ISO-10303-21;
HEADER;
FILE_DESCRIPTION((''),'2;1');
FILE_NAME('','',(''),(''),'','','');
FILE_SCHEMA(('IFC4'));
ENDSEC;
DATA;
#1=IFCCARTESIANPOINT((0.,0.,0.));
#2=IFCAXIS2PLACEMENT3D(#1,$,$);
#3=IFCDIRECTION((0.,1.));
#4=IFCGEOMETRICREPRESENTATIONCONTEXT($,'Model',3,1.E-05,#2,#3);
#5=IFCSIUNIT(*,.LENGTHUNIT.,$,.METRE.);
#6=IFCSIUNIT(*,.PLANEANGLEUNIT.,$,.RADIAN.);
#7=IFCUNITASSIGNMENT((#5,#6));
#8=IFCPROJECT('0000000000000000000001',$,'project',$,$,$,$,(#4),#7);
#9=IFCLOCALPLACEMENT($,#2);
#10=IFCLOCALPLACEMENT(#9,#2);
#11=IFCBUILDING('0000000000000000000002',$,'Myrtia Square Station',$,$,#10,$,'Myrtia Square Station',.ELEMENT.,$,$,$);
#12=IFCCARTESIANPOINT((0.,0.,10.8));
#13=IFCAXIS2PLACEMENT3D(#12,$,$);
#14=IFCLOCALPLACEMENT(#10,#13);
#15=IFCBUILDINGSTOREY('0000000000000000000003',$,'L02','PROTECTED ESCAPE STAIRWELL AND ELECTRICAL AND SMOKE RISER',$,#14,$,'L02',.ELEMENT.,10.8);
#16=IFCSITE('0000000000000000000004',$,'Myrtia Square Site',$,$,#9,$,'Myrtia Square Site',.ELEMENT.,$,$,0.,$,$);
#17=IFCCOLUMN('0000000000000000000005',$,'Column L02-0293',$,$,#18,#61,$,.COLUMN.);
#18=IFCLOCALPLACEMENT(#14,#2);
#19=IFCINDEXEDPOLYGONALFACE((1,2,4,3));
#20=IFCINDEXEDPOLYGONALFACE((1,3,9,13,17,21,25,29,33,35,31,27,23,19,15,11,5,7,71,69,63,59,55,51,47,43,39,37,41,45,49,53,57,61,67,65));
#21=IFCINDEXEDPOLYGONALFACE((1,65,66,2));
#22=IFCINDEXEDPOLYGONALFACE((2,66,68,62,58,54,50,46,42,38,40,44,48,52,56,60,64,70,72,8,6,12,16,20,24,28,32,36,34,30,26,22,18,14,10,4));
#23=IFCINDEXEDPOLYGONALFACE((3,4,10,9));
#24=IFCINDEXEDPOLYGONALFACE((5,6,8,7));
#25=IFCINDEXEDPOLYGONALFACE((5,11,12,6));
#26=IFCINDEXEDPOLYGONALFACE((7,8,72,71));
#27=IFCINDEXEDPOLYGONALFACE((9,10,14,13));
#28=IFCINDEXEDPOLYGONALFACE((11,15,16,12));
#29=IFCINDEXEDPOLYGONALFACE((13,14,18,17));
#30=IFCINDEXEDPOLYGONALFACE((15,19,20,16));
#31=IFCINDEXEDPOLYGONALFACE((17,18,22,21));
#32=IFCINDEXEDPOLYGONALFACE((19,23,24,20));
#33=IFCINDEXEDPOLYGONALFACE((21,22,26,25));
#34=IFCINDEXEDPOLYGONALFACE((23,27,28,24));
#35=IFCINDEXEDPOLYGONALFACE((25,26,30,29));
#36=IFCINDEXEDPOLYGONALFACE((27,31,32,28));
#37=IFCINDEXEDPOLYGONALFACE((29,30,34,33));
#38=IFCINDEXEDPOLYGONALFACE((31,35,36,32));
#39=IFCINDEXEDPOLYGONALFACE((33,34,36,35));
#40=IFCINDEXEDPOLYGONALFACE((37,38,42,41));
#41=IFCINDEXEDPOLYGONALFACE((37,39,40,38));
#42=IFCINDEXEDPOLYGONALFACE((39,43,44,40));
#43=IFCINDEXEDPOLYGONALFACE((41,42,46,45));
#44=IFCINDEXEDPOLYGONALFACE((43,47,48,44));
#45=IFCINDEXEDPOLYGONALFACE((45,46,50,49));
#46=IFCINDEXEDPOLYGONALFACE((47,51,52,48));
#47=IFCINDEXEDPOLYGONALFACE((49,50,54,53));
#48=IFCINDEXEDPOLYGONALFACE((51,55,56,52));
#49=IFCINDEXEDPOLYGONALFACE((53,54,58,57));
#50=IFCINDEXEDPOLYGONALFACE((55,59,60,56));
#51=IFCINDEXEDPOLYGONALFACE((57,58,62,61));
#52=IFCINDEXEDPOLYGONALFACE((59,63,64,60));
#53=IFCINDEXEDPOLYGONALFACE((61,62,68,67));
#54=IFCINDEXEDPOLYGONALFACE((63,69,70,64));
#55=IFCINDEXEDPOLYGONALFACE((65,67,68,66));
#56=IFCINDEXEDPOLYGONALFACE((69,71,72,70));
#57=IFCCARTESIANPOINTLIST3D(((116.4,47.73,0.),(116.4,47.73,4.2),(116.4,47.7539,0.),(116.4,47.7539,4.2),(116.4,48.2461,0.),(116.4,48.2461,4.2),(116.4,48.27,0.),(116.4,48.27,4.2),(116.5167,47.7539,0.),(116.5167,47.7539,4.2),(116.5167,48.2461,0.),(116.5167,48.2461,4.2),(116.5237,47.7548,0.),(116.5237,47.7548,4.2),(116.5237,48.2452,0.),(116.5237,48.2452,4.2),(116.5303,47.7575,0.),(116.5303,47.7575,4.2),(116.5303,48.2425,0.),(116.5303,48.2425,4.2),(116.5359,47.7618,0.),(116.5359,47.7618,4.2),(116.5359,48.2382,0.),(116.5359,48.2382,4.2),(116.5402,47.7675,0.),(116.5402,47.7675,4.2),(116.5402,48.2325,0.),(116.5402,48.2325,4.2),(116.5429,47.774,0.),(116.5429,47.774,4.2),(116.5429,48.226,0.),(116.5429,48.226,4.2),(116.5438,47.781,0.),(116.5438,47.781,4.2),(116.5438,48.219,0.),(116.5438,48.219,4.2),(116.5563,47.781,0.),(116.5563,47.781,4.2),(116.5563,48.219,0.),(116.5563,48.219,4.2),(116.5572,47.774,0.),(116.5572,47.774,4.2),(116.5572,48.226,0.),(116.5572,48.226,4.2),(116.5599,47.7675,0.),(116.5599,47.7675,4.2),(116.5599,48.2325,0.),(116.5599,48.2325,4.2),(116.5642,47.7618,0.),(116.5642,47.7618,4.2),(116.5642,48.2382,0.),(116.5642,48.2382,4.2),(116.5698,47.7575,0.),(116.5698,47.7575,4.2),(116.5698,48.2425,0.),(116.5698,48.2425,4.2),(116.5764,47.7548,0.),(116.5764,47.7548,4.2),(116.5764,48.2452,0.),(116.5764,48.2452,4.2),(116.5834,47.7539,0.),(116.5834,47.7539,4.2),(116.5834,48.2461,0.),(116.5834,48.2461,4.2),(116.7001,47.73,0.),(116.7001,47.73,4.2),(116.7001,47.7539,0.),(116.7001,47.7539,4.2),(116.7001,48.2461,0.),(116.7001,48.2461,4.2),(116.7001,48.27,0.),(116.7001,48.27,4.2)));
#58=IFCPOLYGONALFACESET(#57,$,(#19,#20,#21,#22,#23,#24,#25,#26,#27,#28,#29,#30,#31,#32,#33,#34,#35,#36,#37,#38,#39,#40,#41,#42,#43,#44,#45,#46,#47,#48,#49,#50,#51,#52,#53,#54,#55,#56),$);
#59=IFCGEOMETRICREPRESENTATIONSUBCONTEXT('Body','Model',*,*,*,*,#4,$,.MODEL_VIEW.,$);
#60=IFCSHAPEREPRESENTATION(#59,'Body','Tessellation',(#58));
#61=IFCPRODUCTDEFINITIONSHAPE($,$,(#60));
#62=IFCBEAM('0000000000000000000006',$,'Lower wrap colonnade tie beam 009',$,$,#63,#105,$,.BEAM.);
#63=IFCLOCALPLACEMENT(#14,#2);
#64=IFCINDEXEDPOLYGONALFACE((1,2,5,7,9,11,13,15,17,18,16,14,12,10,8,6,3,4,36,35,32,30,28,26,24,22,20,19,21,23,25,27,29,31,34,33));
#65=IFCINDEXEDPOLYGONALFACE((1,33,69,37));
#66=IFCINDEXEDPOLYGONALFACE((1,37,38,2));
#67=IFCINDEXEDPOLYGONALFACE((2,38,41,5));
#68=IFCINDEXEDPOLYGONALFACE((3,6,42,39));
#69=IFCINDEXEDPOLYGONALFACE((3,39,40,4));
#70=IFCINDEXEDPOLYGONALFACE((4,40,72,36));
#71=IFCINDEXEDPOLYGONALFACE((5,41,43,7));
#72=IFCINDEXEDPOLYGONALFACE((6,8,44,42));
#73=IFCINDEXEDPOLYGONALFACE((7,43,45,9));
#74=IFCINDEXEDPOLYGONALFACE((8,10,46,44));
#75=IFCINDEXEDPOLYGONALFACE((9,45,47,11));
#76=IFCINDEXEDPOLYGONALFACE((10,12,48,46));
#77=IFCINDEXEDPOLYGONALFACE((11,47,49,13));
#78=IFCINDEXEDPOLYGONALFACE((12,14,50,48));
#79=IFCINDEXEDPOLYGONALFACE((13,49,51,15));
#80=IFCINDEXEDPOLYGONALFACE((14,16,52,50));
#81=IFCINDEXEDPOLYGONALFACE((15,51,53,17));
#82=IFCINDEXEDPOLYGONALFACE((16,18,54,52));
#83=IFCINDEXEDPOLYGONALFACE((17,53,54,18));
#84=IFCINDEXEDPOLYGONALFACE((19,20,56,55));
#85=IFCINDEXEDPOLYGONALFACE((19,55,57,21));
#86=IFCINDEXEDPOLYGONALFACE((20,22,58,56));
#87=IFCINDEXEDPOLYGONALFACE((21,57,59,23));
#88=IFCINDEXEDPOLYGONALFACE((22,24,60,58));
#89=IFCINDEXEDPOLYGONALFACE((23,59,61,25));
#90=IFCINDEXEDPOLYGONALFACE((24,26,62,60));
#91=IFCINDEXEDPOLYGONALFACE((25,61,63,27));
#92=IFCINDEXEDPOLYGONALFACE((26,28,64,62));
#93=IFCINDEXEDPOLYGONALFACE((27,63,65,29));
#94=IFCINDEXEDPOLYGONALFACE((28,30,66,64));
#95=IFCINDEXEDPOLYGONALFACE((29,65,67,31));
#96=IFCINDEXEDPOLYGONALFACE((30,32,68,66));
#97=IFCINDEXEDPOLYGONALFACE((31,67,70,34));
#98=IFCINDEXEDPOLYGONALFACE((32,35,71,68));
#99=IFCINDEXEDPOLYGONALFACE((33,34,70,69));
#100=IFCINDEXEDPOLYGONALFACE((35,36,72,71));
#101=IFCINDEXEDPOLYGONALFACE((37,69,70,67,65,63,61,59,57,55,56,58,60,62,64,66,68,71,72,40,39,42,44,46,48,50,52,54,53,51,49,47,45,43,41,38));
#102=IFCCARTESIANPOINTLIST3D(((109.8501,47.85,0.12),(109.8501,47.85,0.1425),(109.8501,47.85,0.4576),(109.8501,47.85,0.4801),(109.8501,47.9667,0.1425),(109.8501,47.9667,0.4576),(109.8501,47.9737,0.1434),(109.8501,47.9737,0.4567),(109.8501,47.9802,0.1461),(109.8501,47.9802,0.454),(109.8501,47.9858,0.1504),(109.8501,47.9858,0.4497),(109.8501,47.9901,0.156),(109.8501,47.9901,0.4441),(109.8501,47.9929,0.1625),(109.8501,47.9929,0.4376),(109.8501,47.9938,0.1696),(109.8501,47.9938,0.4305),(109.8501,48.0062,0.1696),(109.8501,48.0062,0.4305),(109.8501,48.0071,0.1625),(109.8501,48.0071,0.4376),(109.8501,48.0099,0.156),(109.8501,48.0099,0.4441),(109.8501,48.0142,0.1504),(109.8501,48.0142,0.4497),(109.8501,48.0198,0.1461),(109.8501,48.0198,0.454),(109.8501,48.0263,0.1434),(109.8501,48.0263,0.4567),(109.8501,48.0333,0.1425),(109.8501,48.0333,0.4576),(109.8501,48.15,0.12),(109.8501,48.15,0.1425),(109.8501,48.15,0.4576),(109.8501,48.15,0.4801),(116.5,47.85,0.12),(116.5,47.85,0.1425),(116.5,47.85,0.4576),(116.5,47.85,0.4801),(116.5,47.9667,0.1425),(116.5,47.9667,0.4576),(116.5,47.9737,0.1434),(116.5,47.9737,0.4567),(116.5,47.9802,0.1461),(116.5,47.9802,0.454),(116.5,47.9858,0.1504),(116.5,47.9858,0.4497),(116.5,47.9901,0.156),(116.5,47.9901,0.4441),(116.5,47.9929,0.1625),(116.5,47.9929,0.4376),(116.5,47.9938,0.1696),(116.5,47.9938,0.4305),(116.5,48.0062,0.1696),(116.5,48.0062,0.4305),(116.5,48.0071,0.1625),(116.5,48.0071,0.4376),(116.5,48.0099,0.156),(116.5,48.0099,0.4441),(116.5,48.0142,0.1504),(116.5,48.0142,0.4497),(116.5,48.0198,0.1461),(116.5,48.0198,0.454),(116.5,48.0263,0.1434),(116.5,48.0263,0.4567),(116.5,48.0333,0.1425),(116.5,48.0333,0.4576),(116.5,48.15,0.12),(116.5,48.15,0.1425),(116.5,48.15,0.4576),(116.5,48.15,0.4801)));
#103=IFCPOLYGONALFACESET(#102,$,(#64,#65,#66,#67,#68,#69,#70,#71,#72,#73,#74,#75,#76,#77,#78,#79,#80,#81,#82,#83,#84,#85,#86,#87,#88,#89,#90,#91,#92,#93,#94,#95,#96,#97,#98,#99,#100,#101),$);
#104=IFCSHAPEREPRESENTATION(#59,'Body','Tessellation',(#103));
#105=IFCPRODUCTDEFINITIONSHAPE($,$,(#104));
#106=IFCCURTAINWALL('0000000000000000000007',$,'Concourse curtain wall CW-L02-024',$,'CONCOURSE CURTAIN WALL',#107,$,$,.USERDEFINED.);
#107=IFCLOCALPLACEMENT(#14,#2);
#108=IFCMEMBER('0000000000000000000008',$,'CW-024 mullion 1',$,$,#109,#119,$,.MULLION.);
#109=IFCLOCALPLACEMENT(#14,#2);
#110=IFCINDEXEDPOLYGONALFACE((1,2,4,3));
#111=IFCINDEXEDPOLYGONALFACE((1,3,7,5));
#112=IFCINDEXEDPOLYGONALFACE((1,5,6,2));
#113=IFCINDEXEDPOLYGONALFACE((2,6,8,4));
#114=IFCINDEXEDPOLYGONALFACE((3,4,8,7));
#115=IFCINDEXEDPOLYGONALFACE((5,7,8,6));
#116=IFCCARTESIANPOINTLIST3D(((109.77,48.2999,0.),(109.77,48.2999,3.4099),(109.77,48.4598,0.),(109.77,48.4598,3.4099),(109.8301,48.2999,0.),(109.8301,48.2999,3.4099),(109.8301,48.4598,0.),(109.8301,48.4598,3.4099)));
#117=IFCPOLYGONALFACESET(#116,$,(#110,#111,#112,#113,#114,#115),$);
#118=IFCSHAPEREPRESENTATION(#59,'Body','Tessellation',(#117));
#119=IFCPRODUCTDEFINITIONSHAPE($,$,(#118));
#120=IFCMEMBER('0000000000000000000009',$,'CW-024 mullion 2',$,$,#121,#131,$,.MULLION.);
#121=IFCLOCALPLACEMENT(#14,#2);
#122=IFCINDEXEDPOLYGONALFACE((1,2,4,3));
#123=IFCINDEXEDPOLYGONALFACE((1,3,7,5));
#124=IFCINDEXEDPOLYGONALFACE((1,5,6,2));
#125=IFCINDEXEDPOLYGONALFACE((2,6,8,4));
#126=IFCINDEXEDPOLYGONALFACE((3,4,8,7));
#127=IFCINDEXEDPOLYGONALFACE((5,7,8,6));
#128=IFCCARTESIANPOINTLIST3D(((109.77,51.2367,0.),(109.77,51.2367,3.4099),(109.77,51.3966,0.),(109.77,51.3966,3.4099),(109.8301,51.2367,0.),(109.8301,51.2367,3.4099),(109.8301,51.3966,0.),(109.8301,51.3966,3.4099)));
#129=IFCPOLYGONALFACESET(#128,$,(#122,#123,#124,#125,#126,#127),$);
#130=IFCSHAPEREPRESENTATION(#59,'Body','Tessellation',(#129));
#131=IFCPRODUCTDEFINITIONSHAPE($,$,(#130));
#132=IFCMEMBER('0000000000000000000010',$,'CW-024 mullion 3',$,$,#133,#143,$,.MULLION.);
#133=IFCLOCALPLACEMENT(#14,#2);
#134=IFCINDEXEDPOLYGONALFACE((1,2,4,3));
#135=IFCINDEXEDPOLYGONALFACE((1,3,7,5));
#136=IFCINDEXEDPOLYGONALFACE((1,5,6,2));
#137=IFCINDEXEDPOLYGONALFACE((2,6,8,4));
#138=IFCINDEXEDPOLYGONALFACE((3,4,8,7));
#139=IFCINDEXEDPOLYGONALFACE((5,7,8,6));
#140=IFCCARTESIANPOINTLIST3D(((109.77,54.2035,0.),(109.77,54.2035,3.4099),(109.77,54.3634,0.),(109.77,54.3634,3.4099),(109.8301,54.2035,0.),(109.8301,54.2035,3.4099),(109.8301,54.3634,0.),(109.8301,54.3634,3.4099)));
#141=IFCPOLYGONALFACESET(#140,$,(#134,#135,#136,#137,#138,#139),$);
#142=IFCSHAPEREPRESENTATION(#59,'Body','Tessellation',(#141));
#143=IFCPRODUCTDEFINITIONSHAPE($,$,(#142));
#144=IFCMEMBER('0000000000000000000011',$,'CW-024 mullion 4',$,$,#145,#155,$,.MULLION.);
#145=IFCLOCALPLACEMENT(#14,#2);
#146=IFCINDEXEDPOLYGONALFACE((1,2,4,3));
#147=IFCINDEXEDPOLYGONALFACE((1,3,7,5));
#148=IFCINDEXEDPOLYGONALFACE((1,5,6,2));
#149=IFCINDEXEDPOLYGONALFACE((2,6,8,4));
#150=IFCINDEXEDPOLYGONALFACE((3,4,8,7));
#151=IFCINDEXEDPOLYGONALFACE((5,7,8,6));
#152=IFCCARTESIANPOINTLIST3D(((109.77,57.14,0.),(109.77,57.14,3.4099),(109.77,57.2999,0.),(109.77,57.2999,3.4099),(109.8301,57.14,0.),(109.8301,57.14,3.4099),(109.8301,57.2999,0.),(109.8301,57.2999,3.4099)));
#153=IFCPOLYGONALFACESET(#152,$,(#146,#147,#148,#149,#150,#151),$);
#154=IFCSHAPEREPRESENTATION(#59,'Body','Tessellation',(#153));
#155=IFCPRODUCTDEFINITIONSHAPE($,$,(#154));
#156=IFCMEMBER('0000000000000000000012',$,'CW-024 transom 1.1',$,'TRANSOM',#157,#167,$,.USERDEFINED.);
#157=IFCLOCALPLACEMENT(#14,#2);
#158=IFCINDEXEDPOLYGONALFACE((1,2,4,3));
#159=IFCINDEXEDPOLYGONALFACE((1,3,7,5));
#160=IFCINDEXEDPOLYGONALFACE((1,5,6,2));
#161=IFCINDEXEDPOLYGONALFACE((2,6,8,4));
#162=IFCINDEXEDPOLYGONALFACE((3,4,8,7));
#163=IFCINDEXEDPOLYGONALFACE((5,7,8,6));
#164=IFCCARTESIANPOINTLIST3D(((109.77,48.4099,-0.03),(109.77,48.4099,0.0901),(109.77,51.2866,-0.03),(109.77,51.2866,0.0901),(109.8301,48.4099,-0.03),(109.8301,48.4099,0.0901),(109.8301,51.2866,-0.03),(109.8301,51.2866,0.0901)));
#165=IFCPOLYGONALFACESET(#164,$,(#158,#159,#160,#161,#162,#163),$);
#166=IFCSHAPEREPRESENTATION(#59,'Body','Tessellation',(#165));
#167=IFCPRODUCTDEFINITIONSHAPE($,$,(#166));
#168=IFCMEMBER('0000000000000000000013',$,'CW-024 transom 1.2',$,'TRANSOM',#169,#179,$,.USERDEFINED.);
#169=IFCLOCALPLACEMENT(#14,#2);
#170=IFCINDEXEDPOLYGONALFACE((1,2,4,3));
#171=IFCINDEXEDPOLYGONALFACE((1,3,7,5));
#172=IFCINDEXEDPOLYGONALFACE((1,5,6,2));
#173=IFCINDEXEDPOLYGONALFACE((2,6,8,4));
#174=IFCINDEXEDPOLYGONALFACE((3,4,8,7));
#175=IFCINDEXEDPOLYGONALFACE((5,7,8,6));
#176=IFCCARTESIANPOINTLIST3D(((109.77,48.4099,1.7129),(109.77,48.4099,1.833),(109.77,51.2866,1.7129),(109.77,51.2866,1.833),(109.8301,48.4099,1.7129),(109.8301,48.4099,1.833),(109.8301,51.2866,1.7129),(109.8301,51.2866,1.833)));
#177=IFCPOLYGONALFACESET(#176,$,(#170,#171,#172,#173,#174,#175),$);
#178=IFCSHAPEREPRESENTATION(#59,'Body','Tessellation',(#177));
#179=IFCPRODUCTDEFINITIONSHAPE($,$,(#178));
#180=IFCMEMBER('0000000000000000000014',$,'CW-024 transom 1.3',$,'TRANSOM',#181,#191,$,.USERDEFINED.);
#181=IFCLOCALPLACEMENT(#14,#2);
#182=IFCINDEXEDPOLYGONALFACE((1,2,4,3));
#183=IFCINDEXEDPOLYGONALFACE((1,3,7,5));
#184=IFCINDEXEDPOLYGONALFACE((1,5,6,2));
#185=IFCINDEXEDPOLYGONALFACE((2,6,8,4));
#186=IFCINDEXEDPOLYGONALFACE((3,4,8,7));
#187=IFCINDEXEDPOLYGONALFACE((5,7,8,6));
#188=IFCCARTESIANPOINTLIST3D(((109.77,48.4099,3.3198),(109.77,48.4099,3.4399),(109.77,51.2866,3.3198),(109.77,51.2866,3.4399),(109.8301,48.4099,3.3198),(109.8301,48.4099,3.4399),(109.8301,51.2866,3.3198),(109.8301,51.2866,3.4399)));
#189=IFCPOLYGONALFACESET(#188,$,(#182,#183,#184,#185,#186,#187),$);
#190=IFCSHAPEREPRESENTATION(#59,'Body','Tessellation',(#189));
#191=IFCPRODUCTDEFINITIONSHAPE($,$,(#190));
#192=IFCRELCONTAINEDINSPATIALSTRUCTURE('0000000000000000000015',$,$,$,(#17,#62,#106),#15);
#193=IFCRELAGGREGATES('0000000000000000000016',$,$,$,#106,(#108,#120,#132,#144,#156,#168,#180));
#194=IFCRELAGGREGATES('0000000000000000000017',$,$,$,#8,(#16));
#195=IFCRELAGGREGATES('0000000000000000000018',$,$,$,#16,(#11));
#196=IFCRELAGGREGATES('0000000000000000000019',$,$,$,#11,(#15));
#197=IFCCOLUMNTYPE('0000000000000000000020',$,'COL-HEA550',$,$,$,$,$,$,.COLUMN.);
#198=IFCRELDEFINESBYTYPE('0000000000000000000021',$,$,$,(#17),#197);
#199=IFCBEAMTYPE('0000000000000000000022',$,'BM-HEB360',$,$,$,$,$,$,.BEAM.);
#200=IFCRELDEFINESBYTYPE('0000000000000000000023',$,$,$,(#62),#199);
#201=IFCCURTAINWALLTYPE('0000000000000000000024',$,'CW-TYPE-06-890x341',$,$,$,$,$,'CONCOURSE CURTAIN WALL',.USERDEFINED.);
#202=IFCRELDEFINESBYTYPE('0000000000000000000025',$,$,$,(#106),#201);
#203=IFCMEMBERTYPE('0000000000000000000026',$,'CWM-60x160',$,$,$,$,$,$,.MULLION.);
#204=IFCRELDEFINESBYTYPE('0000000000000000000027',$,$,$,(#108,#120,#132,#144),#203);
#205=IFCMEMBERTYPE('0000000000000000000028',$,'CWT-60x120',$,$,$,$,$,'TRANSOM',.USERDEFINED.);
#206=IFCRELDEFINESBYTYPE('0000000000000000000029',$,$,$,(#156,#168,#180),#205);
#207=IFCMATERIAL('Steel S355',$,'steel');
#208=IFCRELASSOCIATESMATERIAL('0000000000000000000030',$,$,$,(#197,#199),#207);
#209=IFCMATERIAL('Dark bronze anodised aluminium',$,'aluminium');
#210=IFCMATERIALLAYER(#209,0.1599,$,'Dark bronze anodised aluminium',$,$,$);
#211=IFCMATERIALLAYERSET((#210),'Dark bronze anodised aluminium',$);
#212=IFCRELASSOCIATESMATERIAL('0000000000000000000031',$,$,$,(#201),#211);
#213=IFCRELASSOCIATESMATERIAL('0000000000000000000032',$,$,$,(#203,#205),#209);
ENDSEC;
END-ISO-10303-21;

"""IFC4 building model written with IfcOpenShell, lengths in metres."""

from ifc_helpers import new_model, si_unit, direction, frame, origin, origin_2d, place, context, subcontext, project, spatial, rectangle, i_section, extrude, material, layer, layer_set, material_profile, profile_set, type_object, element, aggregate, save


model = new_model("IFC4")

# Units and contexts
model_context = context("Model", 3, precision=1e-05, world=origin(), true_north=direction((0.0, 1.0)))
body_context = subcontext(model_context, "Body", "Model", "MODEL_VIEW")
ifc_project = project(units=[si_unit("LENGTHUNIT", "METRE"), si_unit("PLANEANGLEUNIT", "RADIAN")], contexts=[model_context])

# Site, building, storey
site_placement = place(None, origin())
site = spatial("IfcSite", under=ifc_project, at=site_placement, Name="Myrtia Square Site", LongName="Myrtia Square Site", CompositionType="ELEMENT", RefElevation=0.0)
building_placement = place(site_placement, origin())
building = spatial("IfcBuilding", under=site, at=building_placement, Name="Myrtia Square Station", LongName="Myrtia Square Station", CompositionType="ELEMENT")
storey_placement = place(building_placement, frame((0.0, 0.0, 10.8)))
storey = spatial("IfcBuildingStorey", under=building, at=storey_placement, Name="L02", Description="PROTECTED ESCAPE STAIRWELL AND ELECTRICAL AND SMOKE RISER", LongName="L02", CompositionType="ELEMENT", Elevation=10.8)

# Column
ifc_material_1 = material(Name="Steel S355", Category="steel")
ifc_material_profile_1 = material_profile(ifc_material_1, i_section(OverallWidth=0.3, OverallDepth=0.54, WebThickness=0.0125, FlangeThickness=0.0239, FilletRadius=0.0271, at=origin_2d()), Name="HEA 550")
ifc_profile_set_1 = profile_set([ifc_material_profile_1], Name="Steel S355")
column_type = type_object("IfcColumnType", Name="COL-HEA550", PredefinedType="COLUMN", material=ifc_profile_set_1)
column_placement = place(storey_placement, frame((116.55, 48.0, 0.0), z_axis=(0.0, 0.0, 1.0), x_axis=(1.0, 0.0, 0.0)))
element("IfcColumn", 1, at=column_placement, inside=storey, type_object=column_type, Name="Column L02-0293", PredefinedType="COLUMN", context=body_context, shape_type="SweptSolid", body=[
    extrude(i_section(OverallWidth=0.3, OverallDepth=0.54, WebThickness=0.0125, FlangeThickness=0.0239, FilletRadius=0.0271, at=origin_2d()), origin(), (0.0, 0.0, 1.0), 4.2),
])

# Beam
ifc_material_profile_2 = material_profile(ifc_material_1, i_section(OverallWidth=0.3, OverallDepth=0.3601, WebThickness=0.0125, FlangeThickness=0.0225, FilletRadius=0.0271, at=origin_2d()), Name="HEB 360")
ifc_profile_set_2 = profile_set([ifc_material_profile_2], Name="Steel S355")
beam_type = type_object("IfcBeamType", Name="BM-HEB360", PredefinedType="BEAM", material=ifc_profile_set_2)
beam_placement = place(storey_placement, frame((109.8501, 48.0, 0.3), z_axis=(1.0, 0.0, 0.0), x_axis=(0.0, 1.0, 0.0)))
element("IfcBeam", 2, at=beam_placement, inside=storey, type_object=beam_type, Name="Lower wrap colonnade tie beam 009", PredefinedType="BEAM", context=body_context, shape_type="SweptSolid", body=[
    extrude(i_section(OverallWidth=0.3, OverallDepth=0.3601, WebThickness=0.0125, FlangeThickness=0.0225, FilletRadius=0.0271, at=origin_2d()), origin(), (0.0, 0.0, 1.0), 6.6499),
])

# Curtain wall, members
ifc_material_2 = material(Name="Dark bronze anodised aluminium", Category="aluminium")
ifc_layer_1 = layer(ifc_material_2, 0.1599, Name="Dark bronze anodised aluminium")
ifc_layer_set_1 = layer_set([ifc_layer_1], Name="Dark bronze anodised aluminium")
curtain_wall_type = type_object("IfcCurtainWallType", Name="CW-TYPE-06-890x341", ElementType="CONCOURSE CURTAIN WALL", PredefinedType="USERDEFINED", material=ifc_layer_set_1)
curtain_wall_placement = place(storey_placement, origin())
curtain_wall = element("IfcCurtainWall", 3, at=curtain_wall_placement, inside=storey, type_object=curtain_wall_type, Name="Concourse curtain wall CW-L02-024", ObjectType="CONCOURSE CURTAIN WALL", PredefinedType="USERDEFINED")
ifc_material_profile_3 = material_profile(ifc_material_2, rectangle(XDim=0.0601, YDim=0.1599, at=origin_2d()), Name="ALU-M 60x160")
ifc_profile_set_3 = profile_set([ifc_material_profile_3], Name="Dark bronze anodised aluminium")
member_type_1 = type_object("IfcMemberType", Name="CWM-60x160", PredefinedType="MULLION", material=ifc_profile_set_3)
member_1_placement = place(storey_placement, frame((109.8, 48.3799, 0.0), z_axis=(0.0, 0.0, 1.0), x_axis=(-1.0, 0.0, 0.0)))
member_1 = element("IfcMember", 4, at=member_1_placement, type_object=member_type_1, Name="CW-024 mullion 1", PredefinedType="MULLION", context=body_context, shape_type="SweptSolid", body=[
    extrude(rectangle(XDim=0.0601, YDim=0.1599, at=origin_2d()), origin(), (0.0, 0.0, 1.0), 3.4099),
])
member_2_placement = place(storey_placement, frame((109.8, 51.3167, 0.0), z_axis=(0.0, 0.0, 1.0), x_axis=(-1.0, 0.0, 0.0)))
member_2 = element("IfcMember", 5, at=member_2_placement, type_object=member_type_1, Name="CW-024 mullion 2", PredefinedType="MULLION", context=body_context, shape_type="SweptSolid", body=[
    extrude(rectangle(XDim=0.0601, YDim=0.1599, at=origin_2d()), origin(), (0.0, 0.0, 1.0), 3.4099),
])
member_3_placement = place(storey_placement, frame((109.8, 54.2834, 0.0), z_axis=(0.0, 0.0, 1.0), x_axis=(-1.0, 0.0, 0.0)))
member_3 = element("IfcMember", 6, at=member_3_placement, type_object=member_type_1, Name="CW-024 mullion 3", PredefinedType="MULLION", context=body_context, shape_type="SweptSolid", body=[
    extrude(rectangle(XDim=0.0601, YDim=0.1599, at=origin_2d()), origin(), (0.0, 0.0, 1.0), 3.4099),
])
member_4_placement = place(storey_placement, frame((109.8, 57.22, 0.0), z_axis=(0.0, 0.0, 1.0), x_axis=(-1.0, 0.0, 0.0)))
member_4 = element("IfcMember", 7, at=member_4_placement, type_object=member_type_1, Name="CW-024 mullion 4", PredefinedType="MULLION", context=body_context, shape_type="SweptSolid", body=[
    extrude(rectangle(XDim=0.0601, YDim=0.1599, at=origin_2d()), origin(), (0.0, 0.0, 1.0), 3.4099),
])
ifc_material_profile_4 = material_profile(ifc_material_2, rectangle(XDim=0.0601, YDim=0.1201, at=origin_2d()), Name="ALU-T 60x120")
ifc_profile_set_4 = profile_set([ifc_material_profile_4], Name="Dark bronze anodised aluminium")
member_type_2 = type_object("IfcMemberType", Name="CWT-60x120", ElementType="TRANSOM", PredefinedType="USERDEFINED", material=ifc_profile_set_4)
member_5_placement = place(storey_placement, frame((109.8, 48.4099, 0.03), z_axis=(0.0, 1.0, 0.0), x_axis=(-1.0, 0.0, 0.0)))
member_5 = element("IfcMember", 8, at=member_5_placement, type_object=member_type_2, Name="CW-024 transom 1.1", ObjectType="TRANSOM", PredefinedType="USERDEFINED", context=body_context, shape_type="SweptSolid", body=[
    extrude(rectangle(XDim=0.0601, YDim=0.1201, at=origin_2d()), origin(), (0.0, 0.0, 1.0), 2.8767),
])
member_6_placement = place(storey_placement, frame((109.8, 48.4099, 1.7729), z_axis=(0.0, 1.0, 0.0), x_axis=(-1.0, 0.0, 0.0)))
member_6 = element("IfcMember", 9, at=member_6_placement, type_object=member_type_2, Name="CW-024 transom 1.2", ObjectType="TRANSOM", PredefinedType="USERDEFINED", context=body_context, shape_type="SweptSolid", body=[
    extrude(rectangle(XDim=0.0601, YDim=0.1201, at=origin_2d()), origin(), (0.0, 0.0, 1.0), 2.8767),
])
member_7_placement = place(storey_placement, frame((109.8, 48.4099, 3.3799), z_axis=(0.0, 1.0, 0.0), x_axis=(-1.0, 0.0, 0.0)))
member_7 = element("IfcMember", 10, at=member_7_placement, type_object=member_type_2, Name="CW-024 transom 1.3", ObjectType="TRANSOM", PredefinedType="USERDEFINED", context=body_context, shape_type="SweptSolid", body=[
    extrude(rectangle(XDim=0.0601, YDim=0.1201, at=origin_2d()), origin(), (0.0, 0.0, 1.0), 2.8767),
])

aggregate(curtain_wall, [member_1, member_2, member_3, member_4, member_5, member_6, member_7])

save(model, "model.ifc")
